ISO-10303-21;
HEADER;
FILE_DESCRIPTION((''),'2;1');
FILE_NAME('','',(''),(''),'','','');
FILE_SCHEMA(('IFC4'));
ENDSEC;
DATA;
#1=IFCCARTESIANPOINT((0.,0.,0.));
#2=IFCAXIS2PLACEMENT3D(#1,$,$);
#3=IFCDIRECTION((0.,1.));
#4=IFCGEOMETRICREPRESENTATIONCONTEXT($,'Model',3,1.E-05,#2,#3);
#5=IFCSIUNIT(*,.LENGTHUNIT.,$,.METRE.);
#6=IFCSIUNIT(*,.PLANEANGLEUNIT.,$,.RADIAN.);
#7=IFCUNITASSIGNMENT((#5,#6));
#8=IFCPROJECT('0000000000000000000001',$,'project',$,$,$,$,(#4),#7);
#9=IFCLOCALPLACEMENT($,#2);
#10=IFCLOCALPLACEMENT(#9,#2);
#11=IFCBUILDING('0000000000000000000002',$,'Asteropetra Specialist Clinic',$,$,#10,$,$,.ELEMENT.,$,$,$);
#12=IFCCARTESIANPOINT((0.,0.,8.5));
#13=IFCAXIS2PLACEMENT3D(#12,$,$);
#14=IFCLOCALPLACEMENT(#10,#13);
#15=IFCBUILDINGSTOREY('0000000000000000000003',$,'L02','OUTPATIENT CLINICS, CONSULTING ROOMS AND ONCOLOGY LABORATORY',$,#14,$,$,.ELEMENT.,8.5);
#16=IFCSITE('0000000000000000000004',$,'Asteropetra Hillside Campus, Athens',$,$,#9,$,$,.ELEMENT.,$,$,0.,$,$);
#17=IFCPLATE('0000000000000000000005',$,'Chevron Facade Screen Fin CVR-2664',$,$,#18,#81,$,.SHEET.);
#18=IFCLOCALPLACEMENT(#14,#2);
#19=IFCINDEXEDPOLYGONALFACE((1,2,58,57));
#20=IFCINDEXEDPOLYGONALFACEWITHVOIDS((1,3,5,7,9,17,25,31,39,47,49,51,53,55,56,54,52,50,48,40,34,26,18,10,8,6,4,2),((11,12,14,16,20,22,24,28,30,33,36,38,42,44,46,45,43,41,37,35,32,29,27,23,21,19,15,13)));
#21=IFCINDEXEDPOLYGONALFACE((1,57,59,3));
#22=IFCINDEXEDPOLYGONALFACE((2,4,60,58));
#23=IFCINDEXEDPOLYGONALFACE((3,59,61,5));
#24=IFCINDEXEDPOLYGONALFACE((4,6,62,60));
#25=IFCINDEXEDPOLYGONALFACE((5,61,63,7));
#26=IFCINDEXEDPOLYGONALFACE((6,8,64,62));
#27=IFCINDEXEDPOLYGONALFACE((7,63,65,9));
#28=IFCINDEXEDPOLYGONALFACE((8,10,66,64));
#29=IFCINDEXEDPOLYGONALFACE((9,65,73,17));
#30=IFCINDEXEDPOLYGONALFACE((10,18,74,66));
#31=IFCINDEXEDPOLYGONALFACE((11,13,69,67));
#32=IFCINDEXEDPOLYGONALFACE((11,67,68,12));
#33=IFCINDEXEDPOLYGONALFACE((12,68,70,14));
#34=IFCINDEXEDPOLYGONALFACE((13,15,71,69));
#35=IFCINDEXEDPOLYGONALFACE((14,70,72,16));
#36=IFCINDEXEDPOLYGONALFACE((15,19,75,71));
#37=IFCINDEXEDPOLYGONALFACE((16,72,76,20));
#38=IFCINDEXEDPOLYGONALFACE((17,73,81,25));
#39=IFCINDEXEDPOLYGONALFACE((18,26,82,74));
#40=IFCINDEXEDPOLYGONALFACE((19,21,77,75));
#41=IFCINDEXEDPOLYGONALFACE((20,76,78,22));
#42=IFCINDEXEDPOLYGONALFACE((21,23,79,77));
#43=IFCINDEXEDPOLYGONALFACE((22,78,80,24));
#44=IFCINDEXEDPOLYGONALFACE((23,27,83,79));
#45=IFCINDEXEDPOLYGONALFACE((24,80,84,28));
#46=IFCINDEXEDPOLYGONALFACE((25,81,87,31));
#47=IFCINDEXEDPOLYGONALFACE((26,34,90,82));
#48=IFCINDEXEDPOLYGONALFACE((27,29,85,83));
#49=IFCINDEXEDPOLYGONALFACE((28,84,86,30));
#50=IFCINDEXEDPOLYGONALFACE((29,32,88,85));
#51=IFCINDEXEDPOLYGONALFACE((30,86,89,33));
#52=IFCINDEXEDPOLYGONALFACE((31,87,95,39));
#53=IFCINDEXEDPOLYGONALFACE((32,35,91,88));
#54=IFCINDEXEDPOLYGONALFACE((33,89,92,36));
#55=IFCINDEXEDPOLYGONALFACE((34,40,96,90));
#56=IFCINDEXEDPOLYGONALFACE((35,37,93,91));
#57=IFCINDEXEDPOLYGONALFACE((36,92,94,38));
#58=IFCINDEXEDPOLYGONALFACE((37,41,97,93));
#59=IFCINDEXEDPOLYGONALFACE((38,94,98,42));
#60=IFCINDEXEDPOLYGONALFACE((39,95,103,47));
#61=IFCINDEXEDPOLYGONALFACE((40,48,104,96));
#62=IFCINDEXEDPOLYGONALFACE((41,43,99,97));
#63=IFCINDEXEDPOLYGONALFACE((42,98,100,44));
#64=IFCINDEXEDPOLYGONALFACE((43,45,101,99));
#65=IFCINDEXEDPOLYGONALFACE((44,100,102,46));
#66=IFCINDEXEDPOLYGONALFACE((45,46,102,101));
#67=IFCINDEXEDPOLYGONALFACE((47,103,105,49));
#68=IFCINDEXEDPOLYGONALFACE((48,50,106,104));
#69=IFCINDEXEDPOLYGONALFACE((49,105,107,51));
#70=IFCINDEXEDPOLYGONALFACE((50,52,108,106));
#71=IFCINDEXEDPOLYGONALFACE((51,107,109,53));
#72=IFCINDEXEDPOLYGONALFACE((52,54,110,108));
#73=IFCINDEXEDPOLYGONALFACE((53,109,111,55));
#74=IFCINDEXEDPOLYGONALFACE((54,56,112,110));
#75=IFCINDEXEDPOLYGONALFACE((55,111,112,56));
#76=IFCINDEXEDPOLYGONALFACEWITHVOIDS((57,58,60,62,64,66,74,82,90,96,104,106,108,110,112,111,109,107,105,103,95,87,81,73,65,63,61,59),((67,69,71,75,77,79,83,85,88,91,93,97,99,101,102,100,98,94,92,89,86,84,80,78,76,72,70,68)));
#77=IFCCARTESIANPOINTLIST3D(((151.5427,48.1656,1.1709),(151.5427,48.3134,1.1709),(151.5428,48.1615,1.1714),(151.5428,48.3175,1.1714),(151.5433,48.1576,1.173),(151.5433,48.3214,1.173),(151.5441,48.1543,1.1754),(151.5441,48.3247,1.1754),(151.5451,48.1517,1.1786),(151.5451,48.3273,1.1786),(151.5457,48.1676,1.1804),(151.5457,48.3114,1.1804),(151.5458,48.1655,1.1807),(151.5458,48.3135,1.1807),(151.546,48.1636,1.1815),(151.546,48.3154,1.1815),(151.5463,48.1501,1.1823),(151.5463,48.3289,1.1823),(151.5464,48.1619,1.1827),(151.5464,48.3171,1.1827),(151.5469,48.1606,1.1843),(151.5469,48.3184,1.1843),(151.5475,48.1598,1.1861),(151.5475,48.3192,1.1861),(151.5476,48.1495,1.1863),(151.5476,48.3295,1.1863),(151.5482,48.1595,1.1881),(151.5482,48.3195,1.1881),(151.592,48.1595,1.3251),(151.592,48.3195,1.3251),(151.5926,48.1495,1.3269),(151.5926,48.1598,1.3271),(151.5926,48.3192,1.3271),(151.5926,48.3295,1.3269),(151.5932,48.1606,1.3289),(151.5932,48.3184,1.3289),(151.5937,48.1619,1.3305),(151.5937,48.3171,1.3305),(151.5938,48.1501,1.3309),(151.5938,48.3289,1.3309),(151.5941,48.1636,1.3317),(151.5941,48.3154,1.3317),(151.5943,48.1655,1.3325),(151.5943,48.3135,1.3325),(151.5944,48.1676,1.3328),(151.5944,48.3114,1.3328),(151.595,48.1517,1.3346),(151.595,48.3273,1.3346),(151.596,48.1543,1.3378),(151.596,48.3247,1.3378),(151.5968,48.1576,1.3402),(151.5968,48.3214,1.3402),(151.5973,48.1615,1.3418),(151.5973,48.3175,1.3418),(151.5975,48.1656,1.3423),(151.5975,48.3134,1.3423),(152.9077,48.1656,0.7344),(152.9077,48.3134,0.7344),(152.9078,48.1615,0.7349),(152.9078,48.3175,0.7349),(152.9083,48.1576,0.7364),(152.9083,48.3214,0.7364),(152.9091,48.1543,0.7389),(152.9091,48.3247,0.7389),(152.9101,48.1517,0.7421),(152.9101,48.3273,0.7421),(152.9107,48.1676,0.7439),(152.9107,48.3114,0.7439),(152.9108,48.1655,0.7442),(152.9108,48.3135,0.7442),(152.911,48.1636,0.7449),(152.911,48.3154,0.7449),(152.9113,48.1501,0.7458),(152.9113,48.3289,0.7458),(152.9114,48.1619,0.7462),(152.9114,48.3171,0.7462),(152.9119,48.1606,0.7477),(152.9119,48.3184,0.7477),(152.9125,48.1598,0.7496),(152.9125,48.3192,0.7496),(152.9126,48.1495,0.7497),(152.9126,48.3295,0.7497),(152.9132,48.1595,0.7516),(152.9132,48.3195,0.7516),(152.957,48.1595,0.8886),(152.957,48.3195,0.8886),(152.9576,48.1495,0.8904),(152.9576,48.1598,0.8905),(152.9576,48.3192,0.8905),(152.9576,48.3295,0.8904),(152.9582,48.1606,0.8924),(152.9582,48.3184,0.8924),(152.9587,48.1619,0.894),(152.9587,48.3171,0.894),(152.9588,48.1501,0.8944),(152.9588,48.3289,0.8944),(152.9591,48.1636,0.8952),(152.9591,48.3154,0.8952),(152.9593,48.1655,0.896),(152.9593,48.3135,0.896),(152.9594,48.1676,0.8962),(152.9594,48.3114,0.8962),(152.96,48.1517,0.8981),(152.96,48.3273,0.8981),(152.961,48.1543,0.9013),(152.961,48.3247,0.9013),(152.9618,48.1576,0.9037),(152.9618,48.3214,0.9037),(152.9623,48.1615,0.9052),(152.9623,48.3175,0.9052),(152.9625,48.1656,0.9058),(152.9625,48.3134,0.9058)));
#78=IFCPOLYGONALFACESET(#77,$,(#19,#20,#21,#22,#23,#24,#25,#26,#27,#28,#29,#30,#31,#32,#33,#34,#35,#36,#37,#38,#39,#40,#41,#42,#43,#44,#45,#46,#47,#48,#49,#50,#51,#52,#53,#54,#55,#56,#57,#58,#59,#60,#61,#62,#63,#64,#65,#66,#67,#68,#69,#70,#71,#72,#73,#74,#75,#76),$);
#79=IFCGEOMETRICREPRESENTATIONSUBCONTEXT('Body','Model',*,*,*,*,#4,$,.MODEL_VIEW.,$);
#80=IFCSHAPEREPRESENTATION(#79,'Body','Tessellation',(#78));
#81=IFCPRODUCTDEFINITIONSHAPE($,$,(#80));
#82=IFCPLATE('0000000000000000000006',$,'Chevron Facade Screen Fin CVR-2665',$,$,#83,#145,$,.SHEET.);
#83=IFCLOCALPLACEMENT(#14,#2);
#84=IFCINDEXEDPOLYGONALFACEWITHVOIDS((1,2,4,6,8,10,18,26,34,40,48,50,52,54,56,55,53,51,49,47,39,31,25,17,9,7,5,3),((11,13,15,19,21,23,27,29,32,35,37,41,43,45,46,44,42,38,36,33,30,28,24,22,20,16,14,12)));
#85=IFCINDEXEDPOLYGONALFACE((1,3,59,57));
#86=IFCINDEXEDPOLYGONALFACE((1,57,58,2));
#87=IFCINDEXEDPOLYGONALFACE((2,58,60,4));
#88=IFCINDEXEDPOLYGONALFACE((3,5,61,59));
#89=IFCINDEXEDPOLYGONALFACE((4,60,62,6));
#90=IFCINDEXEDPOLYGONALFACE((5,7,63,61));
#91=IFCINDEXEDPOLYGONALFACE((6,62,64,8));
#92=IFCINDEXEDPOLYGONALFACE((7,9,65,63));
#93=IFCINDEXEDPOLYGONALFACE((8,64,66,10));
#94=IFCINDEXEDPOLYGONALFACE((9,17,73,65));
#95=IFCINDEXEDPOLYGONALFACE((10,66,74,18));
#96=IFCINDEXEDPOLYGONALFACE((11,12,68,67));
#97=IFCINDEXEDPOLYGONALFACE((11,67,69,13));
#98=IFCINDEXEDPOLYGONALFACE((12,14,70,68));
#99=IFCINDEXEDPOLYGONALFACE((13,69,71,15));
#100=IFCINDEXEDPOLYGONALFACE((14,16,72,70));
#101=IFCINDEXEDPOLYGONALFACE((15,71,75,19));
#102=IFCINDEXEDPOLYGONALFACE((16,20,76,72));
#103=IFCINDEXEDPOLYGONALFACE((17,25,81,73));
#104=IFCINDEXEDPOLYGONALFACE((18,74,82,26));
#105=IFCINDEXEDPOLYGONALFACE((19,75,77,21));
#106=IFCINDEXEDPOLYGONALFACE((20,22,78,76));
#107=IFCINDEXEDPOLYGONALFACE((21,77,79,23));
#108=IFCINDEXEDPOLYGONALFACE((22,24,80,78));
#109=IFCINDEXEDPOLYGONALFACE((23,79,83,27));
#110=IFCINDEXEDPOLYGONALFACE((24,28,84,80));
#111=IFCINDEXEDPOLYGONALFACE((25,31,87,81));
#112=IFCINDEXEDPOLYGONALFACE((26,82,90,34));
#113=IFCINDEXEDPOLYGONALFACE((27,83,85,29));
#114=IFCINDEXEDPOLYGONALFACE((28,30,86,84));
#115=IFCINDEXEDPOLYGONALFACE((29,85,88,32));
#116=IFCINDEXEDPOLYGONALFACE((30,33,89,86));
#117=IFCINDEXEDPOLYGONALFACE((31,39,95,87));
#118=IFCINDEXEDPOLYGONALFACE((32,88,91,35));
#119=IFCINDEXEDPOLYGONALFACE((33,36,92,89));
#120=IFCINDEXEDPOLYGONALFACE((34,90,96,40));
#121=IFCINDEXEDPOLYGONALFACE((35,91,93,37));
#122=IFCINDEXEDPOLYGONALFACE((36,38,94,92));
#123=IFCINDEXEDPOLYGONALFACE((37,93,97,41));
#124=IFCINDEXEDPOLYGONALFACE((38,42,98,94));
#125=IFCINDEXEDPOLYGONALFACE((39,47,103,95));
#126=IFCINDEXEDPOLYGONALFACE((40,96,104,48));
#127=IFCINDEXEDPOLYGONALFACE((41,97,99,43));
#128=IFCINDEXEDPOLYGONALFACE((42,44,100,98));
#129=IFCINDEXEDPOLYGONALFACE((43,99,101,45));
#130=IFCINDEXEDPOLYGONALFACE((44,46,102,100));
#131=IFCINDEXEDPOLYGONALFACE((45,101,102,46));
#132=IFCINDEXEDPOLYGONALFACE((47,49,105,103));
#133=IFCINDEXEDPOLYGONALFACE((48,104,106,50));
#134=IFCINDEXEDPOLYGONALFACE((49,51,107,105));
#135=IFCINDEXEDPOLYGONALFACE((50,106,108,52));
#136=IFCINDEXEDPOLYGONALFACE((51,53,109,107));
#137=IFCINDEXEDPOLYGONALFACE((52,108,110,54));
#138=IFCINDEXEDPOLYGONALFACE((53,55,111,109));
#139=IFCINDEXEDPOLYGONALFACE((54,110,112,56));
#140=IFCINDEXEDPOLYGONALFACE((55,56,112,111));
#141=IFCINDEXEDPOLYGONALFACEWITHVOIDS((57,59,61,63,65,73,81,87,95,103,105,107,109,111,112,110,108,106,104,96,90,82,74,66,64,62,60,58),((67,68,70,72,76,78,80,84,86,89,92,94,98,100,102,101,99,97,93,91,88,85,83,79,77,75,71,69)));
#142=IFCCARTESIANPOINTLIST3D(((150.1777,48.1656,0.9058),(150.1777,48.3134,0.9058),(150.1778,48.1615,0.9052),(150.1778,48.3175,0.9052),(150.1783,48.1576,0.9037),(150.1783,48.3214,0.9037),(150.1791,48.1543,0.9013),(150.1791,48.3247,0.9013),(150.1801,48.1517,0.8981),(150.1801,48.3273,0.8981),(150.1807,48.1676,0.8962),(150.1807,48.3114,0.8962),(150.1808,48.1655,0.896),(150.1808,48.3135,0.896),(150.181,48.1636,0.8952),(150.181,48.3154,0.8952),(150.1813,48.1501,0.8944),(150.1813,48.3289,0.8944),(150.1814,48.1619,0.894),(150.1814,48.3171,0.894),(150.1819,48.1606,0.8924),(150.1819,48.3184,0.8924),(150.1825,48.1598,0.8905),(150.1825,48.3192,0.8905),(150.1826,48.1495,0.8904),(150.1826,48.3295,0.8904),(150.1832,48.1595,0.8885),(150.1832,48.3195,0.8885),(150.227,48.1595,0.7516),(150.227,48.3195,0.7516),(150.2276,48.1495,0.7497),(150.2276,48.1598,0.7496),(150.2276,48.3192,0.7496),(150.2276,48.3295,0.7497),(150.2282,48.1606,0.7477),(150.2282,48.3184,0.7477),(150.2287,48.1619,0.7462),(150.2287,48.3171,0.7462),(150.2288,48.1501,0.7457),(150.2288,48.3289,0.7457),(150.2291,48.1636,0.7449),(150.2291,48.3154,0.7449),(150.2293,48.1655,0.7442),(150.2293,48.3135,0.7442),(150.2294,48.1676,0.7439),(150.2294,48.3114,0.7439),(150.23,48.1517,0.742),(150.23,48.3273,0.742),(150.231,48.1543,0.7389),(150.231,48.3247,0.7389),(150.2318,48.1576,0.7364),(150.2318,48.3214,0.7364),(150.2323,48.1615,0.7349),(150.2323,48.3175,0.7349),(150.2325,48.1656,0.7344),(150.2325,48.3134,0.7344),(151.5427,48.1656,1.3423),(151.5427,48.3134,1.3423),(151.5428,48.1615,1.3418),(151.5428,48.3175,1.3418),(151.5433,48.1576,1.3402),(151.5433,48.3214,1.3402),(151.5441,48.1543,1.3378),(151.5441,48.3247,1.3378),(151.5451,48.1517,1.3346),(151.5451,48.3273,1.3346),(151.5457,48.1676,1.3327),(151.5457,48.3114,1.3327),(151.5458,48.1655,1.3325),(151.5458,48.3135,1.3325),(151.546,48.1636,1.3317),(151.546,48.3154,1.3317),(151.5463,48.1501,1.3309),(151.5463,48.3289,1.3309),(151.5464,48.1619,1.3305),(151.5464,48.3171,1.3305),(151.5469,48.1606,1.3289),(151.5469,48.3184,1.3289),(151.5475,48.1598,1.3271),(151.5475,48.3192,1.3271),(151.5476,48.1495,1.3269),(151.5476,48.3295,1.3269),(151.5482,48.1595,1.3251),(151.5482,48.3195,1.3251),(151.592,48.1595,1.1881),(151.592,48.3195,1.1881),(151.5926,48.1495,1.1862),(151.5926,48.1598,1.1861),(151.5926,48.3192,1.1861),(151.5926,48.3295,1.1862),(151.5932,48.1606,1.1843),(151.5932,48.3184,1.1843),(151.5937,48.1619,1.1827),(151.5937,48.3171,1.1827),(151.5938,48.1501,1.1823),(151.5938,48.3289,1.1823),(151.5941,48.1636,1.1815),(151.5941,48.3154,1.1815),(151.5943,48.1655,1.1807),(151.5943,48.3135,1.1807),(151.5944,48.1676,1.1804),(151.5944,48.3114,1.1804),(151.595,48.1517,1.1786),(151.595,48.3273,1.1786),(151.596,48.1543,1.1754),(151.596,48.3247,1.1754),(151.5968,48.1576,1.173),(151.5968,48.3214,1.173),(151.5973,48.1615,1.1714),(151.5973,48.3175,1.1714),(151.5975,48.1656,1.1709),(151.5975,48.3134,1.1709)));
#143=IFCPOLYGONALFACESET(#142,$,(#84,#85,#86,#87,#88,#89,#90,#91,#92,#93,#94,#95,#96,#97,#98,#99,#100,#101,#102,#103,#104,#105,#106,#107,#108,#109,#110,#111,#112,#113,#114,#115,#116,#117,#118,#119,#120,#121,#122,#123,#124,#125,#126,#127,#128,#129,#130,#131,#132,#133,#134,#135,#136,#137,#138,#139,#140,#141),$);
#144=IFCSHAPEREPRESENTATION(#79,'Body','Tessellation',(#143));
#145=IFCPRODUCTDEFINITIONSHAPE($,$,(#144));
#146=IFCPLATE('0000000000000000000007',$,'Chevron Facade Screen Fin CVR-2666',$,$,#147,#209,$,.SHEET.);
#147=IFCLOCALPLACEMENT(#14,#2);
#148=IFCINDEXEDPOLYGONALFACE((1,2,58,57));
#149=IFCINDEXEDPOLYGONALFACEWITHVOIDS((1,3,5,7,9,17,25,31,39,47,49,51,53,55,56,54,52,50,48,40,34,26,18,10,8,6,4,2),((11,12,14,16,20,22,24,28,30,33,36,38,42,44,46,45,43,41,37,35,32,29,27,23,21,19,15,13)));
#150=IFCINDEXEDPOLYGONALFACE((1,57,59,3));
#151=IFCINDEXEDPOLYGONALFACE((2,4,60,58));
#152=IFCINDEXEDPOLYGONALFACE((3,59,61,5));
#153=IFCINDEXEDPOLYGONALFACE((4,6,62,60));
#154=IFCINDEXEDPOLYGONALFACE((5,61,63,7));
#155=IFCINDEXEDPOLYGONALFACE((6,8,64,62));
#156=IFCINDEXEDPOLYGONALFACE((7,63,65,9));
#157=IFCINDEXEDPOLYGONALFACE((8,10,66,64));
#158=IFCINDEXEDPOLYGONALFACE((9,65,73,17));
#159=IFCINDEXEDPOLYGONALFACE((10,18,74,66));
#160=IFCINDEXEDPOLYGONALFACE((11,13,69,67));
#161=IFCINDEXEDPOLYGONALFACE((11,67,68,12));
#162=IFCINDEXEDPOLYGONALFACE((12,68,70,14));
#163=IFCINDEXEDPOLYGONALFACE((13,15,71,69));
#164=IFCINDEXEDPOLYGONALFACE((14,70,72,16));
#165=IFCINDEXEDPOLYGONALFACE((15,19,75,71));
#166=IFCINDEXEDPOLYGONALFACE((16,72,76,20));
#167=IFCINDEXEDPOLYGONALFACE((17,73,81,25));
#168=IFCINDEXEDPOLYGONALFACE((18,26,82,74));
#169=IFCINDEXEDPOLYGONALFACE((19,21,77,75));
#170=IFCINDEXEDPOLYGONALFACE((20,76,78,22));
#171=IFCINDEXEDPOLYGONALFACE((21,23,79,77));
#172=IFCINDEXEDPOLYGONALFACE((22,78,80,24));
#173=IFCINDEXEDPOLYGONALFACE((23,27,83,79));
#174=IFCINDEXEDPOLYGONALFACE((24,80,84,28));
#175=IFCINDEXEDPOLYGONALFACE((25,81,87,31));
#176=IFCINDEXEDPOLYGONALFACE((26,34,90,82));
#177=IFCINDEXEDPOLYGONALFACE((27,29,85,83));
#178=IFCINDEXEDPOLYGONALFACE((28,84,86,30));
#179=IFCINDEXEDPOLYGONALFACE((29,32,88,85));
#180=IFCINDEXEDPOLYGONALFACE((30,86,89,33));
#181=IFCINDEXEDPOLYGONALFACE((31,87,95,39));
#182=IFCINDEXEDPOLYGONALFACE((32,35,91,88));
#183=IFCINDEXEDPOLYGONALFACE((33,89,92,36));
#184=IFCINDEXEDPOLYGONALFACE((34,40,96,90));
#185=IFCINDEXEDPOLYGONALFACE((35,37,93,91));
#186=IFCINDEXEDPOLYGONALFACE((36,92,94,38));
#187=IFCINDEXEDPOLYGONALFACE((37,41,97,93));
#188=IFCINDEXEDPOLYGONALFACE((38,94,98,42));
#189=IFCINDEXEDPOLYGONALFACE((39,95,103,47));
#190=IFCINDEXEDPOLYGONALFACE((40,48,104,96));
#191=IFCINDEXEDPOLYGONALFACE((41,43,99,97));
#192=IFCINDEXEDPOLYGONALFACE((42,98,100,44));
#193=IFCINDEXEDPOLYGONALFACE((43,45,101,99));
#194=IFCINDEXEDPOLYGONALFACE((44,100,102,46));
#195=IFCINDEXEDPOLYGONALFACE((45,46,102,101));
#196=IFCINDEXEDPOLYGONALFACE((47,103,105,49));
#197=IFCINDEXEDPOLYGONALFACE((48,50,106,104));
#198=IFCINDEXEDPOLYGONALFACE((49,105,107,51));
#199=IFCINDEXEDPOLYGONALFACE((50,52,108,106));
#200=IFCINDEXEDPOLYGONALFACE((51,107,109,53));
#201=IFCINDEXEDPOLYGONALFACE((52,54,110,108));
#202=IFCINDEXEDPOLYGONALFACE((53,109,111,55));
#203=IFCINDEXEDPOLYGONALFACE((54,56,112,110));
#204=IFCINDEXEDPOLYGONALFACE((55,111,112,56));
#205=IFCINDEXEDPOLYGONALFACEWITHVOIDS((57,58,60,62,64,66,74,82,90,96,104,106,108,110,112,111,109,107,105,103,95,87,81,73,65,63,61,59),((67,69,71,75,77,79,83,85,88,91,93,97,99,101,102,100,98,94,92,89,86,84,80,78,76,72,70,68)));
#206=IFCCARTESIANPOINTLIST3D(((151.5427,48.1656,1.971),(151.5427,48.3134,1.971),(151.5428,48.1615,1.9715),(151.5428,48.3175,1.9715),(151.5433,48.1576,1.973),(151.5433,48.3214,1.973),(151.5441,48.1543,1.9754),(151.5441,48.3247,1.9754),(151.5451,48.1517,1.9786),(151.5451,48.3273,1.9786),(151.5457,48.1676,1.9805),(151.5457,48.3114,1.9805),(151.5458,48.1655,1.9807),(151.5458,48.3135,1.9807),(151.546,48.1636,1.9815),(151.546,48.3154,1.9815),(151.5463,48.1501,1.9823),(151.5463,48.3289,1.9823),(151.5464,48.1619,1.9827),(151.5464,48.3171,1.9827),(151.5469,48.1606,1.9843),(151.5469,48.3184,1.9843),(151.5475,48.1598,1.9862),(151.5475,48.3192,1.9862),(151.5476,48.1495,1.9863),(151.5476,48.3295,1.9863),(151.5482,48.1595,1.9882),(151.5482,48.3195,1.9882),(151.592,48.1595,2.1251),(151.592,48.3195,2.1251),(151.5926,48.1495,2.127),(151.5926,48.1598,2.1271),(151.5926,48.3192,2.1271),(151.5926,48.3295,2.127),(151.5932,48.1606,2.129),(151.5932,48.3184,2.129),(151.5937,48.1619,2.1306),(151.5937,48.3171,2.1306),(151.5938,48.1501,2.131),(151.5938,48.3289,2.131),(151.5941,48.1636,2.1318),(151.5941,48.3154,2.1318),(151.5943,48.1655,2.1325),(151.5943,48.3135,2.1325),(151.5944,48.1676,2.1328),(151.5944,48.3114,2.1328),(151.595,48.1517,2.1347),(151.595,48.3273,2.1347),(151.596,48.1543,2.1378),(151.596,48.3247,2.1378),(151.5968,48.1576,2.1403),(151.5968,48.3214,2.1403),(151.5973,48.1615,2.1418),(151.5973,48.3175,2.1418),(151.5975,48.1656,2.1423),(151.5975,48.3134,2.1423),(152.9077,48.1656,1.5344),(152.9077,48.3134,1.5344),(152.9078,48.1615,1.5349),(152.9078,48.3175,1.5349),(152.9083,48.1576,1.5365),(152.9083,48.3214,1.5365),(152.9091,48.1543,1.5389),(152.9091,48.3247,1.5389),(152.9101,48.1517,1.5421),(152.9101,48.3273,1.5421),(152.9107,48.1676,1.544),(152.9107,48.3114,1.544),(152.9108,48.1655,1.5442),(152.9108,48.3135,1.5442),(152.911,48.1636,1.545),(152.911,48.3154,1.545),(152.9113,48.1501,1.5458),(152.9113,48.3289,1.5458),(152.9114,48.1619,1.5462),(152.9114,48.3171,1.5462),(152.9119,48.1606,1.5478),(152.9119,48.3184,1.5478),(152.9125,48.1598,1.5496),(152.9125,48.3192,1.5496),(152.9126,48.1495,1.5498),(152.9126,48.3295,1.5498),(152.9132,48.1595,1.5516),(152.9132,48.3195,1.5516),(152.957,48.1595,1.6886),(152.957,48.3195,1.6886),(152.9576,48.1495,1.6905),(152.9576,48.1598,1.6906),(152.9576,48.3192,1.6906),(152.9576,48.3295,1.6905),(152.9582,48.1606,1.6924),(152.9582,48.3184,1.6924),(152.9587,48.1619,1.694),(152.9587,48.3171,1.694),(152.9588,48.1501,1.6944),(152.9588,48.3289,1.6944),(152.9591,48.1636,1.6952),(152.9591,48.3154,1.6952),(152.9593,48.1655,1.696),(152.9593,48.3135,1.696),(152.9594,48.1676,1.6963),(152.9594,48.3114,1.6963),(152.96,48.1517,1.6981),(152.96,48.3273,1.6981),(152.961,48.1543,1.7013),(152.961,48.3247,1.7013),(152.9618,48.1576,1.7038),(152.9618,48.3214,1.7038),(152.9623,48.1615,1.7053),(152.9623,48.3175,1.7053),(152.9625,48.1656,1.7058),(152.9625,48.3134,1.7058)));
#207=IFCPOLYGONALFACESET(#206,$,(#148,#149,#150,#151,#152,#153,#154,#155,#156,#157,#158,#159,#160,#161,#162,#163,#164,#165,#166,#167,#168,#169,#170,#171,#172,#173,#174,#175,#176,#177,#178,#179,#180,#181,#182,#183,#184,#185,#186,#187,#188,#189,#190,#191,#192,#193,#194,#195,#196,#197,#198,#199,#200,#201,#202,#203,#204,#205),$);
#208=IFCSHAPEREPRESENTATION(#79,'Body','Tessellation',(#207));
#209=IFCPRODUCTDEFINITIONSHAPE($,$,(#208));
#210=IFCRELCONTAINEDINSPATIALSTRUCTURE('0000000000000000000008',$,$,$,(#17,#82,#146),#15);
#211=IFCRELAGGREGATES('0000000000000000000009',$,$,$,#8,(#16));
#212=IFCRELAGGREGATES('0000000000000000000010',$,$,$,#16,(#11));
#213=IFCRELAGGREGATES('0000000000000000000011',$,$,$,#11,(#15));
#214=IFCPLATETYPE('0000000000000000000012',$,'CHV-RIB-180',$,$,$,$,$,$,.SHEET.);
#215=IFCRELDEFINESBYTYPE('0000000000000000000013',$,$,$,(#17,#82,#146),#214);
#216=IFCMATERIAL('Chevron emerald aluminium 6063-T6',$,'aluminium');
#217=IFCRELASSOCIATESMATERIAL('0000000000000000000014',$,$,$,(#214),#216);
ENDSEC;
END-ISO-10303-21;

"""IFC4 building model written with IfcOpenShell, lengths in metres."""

from ifc_helpers import new_model, si_unit, direction, frame, origin, origin_2d, place, context, subcontext, project, spatial, hollow_rectangle, extrude, material, material_profile, profile_set, type_object, element, save


model = new_model("IFC4")

# Units and contexts
model_context = context("Model", 3, precision=1e-05, world=origin(), true_north=direction((0.0, 1.0)))
body_context = subcontext(model_context, "Body", "Model", "MODEL_VIEW")
ifc_project = project(units=[si_unit("LENGTHUNIT", "METRE"), si_unit("PLANEANGLEUNIT", "RADIAN")], contexts=[model_context])

# Site, building, storey
site_placement = place(None, origin())
site = spatial("IfcSite", under=ifc_project, at=site_placement, Name="Asteropetra Hillside Campus, Athens", CompositionType="ELEMENT", RefElevation=0.0)
building_placement = place(site_placement, origin())
building = spatial("IfcBuilding", under=site, at=building_placement, Name="Asteropetra Specialist Clinic", CompositionType="ELEMENT")
storey_placement = place(building_placement, frame((0.0, 0.0, 8.5)))
storey = spatial("IfcBuildingStorey", under=building, at=storey_placement, Name="L02", Description="OUTPATIENT CLINICS, CONSULTING ROOMS AND ONCOLOGY LABORATORY", CompositionType="ELEMENT", Elevation=8.5)

# Plates
ifc_material_1 = material(Name="Chevron emerald aluminium 6063-T6", Category="aluminium")
ifc_material_profile_1 = material_profile(ifc_material_1, hollow_rectangle(XDim=0.1799, YDim=0.1799, WallThickness=0.01, InnerFilletRadius=0.0081, OuterFilletRadius=0.0161, at=origin_2d()), Name="SHS 180x180x10.0")
ifc_profile_set_1 = profile_set([ifc_material_profile_1], Name="Chevron emerald aluminium 6063-T6")
plate_type = type_object("IfcPlateType", Name="CHV-RIB-180", PredefinedType="SHEET", material=ifc_profile_set_1)
for number, where, z_axis, x_axis, name in (
    (1, (152.9351, 48.2395, 0.8201), (-0.95248, 0.0, 0.304603), (0.0, -1.0, 0.0), "Chevron Facade Screen Fin CVR-2664"),
    (2, (151.5701, 48.2395, 1.2566), (-0.95248, 0.0, -0.304603), (0.0, -1.0, 0.0), "Chevron Facade Screen Fin CVR-2665"),
    (3, (152.9351, 48.2395, 1.6201), (-0.95248, 0.0, 0.304603), (0.0, -1.0, 0.0), "Chevron Facade Screen Fin CVR-2666"),
):
    element("IfcPlate", number, at=place(storey_placement, frame(where, z_axis=z_axis, x_axis=x_axis)), inside=storey, type_object=plate_type, Name=name, PredefinedType="SHEET", context=body_context, shape_type="SweptSolid", body=[
        extrude(hollow_rectangle(XDim=0.1799, YDim=0.1799, WallThickness=0.01, InnerFilletRadius=0.0081, OuterFilletRadius=0.0161, at=origin_2d()), origin(), (0.0, 0.0, 1.0), 1.4331),
    ])

save(model, "model.ifc")
